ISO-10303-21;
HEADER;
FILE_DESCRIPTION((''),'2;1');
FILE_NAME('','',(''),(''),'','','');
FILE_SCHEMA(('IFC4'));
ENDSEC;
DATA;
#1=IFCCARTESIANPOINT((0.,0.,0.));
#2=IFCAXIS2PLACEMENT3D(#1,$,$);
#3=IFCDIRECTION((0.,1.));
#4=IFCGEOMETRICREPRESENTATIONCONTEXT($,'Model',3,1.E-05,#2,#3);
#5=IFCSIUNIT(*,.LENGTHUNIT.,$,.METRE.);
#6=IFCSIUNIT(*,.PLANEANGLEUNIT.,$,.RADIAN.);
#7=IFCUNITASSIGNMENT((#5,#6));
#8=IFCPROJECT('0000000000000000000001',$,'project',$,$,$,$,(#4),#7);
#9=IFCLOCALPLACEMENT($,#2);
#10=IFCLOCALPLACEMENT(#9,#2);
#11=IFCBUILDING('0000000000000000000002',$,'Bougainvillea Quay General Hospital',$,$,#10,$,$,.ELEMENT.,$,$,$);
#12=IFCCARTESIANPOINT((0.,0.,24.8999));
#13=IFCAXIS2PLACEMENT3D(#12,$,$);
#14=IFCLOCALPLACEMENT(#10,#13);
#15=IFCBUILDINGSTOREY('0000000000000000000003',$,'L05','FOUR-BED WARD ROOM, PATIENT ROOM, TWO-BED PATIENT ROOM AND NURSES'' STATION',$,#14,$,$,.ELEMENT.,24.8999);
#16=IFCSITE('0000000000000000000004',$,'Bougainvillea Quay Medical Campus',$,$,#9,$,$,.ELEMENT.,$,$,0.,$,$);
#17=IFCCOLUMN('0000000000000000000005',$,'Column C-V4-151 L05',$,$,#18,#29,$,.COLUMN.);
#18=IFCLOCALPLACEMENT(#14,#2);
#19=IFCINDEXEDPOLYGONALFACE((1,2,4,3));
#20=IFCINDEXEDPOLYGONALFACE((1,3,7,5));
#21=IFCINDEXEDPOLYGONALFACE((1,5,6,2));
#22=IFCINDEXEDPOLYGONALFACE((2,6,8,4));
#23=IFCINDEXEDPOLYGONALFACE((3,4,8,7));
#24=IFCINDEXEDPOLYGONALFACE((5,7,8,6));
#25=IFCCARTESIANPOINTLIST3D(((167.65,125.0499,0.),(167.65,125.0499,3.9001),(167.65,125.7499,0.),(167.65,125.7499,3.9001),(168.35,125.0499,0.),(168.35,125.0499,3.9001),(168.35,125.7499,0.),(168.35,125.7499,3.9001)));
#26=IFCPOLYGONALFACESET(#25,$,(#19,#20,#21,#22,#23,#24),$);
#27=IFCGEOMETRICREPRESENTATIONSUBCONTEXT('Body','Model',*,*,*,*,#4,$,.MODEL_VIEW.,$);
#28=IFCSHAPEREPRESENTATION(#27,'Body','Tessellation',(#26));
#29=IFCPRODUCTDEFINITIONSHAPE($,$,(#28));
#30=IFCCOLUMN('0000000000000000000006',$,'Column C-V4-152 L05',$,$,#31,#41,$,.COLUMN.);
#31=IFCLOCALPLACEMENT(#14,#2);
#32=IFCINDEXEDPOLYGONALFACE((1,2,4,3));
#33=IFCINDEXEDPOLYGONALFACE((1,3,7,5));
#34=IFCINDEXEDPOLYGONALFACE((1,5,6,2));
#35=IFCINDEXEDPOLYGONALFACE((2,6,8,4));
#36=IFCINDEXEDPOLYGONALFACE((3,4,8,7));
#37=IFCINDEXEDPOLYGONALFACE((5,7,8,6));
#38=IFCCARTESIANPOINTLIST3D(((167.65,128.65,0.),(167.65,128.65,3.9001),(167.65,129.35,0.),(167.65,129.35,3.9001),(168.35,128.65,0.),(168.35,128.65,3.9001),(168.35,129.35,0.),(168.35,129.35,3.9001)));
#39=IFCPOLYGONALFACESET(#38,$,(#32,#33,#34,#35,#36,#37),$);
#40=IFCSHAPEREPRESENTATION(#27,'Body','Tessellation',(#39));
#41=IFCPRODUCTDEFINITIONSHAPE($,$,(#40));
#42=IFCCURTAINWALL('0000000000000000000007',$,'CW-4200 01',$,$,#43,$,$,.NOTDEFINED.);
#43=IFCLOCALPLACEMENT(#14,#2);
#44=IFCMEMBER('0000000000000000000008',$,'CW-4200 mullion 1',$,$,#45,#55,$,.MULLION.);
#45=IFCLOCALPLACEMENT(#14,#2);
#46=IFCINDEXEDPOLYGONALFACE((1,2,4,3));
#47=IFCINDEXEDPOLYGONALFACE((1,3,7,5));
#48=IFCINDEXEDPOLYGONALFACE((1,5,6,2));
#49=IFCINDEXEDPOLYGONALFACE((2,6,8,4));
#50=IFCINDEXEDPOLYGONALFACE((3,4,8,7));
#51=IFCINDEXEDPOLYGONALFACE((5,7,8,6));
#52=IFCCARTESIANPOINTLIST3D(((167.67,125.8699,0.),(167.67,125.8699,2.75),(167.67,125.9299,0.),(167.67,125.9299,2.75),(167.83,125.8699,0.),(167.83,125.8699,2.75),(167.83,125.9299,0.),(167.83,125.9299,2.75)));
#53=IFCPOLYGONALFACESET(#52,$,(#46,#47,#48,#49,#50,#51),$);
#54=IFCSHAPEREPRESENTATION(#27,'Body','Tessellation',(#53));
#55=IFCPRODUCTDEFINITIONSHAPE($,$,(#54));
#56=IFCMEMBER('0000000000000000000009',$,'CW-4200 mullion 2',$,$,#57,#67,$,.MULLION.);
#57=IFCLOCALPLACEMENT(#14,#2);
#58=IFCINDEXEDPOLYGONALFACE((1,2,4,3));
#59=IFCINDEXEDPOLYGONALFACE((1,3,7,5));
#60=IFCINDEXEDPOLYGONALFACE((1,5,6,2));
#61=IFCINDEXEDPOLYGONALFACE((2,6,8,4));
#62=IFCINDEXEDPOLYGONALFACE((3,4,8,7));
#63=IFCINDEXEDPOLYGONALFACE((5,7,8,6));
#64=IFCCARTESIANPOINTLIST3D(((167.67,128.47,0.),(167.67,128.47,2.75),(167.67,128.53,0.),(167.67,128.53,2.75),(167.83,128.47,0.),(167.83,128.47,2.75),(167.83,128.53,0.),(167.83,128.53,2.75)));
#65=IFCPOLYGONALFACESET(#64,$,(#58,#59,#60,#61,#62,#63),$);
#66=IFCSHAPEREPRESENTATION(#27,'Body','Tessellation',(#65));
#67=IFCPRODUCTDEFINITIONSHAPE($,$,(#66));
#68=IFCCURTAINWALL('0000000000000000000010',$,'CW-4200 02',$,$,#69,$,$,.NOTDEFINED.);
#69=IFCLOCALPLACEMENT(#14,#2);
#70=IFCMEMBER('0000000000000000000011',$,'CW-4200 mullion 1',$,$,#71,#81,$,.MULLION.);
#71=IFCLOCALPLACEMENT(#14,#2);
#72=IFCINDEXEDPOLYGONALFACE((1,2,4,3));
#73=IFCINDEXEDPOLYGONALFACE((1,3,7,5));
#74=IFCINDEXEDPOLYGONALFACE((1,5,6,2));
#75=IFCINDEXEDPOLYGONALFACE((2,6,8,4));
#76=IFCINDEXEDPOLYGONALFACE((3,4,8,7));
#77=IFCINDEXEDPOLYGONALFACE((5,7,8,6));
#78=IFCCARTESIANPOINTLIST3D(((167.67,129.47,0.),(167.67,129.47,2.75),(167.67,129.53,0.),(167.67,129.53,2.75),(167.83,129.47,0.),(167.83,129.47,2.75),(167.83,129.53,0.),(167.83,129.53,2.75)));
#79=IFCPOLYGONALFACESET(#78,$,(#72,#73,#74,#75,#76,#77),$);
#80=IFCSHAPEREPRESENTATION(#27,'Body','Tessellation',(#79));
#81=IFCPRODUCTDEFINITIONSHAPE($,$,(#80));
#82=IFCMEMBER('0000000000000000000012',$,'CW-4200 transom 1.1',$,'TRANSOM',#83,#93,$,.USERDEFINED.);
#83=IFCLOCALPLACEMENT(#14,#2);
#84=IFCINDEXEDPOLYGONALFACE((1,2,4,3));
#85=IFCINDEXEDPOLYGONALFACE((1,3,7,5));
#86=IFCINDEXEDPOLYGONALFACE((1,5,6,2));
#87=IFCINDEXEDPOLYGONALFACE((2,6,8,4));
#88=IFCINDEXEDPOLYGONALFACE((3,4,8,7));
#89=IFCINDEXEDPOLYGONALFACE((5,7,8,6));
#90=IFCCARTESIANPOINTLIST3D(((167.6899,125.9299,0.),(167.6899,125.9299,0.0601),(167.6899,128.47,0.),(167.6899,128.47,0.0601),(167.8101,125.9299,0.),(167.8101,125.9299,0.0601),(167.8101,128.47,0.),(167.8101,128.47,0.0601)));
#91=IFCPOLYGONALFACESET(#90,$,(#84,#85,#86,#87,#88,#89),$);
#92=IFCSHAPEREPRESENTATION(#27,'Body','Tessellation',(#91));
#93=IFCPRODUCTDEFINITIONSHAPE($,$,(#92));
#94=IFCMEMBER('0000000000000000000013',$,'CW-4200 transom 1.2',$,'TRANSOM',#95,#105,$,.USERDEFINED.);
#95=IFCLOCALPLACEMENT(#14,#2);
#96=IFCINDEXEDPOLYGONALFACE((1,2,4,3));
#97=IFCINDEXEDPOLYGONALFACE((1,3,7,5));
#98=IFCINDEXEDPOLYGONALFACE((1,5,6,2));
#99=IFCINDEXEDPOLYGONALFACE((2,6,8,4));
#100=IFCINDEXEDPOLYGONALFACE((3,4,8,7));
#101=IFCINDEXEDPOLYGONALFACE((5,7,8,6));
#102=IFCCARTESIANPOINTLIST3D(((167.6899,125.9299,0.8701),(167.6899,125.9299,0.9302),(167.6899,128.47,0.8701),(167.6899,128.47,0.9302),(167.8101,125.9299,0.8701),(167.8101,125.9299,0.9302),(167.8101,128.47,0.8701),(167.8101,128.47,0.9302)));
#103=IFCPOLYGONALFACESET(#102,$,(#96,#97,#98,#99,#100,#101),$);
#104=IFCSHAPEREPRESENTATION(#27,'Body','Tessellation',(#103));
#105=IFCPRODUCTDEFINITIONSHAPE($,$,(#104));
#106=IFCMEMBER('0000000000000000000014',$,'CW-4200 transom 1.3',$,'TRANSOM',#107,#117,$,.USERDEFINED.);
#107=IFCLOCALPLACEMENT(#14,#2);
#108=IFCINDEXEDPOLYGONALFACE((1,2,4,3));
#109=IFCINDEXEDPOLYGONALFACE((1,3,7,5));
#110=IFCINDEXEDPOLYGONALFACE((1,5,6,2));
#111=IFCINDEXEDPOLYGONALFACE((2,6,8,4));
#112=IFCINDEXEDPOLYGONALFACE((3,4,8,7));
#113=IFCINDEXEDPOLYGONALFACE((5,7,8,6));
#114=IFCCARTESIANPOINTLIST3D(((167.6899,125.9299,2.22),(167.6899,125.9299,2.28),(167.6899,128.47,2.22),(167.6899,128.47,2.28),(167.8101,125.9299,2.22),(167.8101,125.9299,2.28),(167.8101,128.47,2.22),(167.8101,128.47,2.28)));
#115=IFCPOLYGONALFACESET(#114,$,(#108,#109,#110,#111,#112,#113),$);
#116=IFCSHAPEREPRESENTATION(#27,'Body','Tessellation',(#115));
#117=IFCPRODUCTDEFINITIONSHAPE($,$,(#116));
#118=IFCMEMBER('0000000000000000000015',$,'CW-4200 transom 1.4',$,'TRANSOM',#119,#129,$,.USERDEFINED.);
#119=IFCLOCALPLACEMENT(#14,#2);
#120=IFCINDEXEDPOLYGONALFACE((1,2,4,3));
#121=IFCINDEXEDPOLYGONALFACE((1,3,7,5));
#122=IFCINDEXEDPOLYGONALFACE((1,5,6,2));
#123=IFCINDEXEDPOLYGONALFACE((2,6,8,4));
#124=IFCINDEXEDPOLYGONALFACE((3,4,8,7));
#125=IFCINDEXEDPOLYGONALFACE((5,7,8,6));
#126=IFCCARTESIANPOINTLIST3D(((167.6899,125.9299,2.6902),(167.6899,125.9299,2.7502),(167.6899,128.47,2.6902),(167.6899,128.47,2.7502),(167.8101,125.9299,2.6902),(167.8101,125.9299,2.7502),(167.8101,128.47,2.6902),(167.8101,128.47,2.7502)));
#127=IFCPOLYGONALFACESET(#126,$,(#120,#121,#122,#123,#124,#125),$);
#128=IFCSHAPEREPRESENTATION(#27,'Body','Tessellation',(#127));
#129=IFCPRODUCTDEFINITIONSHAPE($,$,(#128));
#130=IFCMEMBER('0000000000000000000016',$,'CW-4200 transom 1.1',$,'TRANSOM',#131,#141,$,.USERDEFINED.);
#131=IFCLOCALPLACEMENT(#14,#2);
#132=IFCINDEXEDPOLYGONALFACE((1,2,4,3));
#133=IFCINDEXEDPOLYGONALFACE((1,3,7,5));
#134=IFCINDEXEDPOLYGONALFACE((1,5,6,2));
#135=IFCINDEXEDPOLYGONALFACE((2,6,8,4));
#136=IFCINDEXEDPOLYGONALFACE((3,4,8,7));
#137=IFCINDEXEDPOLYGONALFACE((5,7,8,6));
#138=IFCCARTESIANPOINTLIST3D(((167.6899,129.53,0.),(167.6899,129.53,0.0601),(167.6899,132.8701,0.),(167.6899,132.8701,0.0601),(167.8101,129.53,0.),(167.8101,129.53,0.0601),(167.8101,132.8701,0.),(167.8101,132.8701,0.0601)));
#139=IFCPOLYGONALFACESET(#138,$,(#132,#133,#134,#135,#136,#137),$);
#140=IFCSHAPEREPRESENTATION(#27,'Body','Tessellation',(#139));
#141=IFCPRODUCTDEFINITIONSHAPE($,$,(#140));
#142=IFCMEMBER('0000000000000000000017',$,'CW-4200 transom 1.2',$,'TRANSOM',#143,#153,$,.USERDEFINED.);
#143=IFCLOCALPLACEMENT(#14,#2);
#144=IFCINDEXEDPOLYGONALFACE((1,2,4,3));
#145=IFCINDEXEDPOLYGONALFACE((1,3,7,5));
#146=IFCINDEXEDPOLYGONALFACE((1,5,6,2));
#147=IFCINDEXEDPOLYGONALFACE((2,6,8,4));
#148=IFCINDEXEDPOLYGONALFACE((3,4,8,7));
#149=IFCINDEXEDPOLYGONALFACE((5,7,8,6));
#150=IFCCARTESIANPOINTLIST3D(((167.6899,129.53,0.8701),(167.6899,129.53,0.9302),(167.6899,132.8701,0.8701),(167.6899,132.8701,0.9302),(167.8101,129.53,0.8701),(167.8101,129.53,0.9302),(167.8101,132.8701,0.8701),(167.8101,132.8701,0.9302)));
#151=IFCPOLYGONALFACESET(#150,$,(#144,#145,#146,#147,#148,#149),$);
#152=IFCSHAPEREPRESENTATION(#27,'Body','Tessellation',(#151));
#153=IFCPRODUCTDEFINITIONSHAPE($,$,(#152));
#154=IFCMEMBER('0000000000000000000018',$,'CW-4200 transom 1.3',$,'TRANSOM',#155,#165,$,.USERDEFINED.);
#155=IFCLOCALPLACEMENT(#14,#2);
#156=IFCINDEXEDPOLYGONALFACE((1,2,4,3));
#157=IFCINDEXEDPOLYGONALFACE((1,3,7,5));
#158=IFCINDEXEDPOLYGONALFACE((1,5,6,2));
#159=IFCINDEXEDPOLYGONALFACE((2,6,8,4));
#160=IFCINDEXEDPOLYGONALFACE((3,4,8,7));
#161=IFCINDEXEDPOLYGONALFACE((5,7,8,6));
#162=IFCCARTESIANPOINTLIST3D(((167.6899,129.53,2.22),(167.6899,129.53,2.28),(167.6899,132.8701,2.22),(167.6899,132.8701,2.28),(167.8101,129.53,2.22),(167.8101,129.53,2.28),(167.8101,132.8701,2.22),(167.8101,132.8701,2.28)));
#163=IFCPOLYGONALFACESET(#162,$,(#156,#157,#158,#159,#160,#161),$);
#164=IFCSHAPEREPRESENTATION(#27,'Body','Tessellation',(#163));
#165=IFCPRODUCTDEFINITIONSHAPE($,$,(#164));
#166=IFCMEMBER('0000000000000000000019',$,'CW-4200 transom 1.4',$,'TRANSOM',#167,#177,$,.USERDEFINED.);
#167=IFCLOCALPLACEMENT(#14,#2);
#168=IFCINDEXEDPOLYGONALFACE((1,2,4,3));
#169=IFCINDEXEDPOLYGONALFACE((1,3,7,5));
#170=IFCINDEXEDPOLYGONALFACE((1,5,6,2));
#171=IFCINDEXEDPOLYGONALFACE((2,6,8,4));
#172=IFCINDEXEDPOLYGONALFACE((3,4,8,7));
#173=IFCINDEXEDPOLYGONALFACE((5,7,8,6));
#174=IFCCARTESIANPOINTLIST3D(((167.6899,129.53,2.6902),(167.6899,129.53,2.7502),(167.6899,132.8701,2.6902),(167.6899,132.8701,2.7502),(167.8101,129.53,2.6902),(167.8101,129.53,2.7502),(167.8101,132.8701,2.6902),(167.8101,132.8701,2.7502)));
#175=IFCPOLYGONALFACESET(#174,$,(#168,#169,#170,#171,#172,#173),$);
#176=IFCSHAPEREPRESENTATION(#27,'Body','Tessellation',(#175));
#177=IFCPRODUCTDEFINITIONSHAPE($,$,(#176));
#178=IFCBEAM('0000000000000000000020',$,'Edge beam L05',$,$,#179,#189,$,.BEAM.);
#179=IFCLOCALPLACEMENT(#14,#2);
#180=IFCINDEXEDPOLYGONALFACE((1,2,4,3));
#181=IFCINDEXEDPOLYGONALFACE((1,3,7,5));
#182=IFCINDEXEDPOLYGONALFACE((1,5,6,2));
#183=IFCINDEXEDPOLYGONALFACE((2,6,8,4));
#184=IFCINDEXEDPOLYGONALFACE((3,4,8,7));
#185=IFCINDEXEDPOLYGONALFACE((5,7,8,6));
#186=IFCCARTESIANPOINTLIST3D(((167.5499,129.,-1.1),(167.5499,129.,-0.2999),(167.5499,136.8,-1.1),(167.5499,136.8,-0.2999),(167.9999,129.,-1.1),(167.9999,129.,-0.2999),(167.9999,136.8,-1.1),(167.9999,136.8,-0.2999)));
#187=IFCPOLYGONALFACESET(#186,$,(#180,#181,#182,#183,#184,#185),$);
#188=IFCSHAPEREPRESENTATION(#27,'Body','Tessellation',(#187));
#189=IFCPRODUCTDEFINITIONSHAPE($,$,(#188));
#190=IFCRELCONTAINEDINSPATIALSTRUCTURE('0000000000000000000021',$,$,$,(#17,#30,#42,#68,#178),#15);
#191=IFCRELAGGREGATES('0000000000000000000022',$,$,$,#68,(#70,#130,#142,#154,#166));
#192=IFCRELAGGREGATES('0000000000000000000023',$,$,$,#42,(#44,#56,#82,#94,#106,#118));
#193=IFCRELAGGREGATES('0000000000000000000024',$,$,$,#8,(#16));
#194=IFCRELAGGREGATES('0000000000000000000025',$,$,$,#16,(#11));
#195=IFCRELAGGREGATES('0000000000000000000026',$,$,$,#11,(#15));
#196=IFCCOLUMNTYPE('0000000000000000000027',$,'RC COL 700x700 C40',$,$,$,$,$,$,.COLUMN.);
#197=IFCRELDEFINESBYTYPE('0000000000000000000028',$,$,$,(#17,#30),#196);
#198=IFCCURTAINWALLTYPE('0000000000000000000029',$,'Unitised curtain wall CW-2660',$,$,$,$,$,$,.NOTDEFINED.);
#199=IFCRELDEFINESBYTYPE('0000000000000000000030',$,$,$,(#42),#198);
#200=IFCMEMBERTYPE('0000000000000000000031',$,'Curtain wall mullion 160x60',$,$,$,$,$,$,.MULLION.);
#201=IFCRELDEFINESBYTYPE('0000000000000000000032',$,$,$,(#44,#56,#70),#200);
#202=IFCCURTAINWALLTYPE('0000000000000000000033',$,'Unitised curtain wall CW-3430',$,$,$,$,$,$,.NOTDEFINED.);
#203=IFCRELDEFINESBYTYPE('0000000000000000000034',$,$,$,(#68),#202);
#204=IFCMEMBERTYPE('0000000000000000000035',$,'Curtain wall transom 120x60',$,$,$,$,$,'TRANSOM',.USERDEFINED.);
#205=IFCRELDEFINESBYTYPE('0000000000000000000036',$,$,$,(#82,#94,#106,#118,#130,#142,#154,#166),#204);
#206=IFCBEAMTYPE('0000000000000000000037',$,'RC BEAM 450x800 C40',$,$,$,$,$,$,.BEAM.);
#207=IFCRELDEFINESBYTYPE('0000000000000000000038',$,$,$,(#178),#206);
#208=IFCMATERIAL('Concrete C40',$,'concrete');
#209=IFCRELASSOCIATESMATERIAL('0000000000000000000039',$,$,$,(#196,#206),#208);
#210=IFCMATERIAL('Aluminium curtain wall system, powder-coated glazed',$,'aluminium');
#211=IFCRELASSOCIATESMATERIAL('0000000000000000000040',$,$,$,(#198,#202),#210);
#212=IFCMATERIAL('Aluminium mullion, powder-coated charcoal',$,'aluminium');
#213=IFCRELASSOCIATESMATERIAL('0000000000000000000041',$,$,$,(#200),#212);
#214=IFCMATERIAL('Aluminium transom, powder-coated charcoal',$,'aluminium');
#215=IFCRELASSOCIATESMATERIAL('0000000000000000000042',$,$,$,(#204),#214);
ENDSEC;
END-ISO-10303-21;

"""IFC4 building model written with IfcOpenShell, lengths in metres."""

from ifc_helpers import new_model, si_unit, direction, frame, origin, origin_2d, place, context, subcontext, project, spatial, rectangle, extrude, material, material_profile, profile_set, type_object, element, aggregate, save


model = new_model("IFC4")

# Units and contexts
model_context = context("Model", 3, precision=1e-05, world=origin(), true_north=direction((0.0, 1.0)))
body_context = subcontext(model_context, "Body", "Model", "MODEL_VIEW")
ifc_project = project(units=[si_unit("LENGTHUNIT", "METRE"), si_unit("PLANEANGLEUNIT", "RADIAN")], contexts=[model_context])

# Site, building, storey
site_placement = place(None, origin())
site = spatial("IfcSite", under=ifc_project, at=site_placement, Name="Bougainvillea Quay Medical Campus", CompositionType="ELEMENT", RefElevation=0.0)
building_placement = place(site_placement, origin())
building = spatial("IfcBuilding", under=site, at=building_placement, Name="Bougainvillea Quay General Hospital", CompositionType="ELEMENT")
storey_placement = place(building_placement, frame((0.0, 0.0, 24.8999)))
storey = spatial("IfcBuildingStorey", under=building, at=storey_placement, Name="L05", Description="FOUR-BED WARD ROOM, PATIENT ROOM, TWO-BED PATIENT ROOM AND NURSES' STATION", CompositionType="ELEMENT", Elevation=24.8999)

# Columns
ifc_material_1 = material(Name="Concrete C40", Category="concrete")
ifc_material_profile_1 = material_profile(ifc_material_1, rectangle(XDim=0.7, YDim=0.7, at=origin_2d()))
ifc_profile_set_1 = profile_set([ifc_material_profile_1], Name="Concrete C40")
column_type = type_object("IfcColumnType", Name="RC COL 700x700 C40", PredefinedType="COLUMN", material=ifc_profile_set_1)
for number, where, z_axis, x_axis, name in (
    (1, (168.0, 125.3999, 0.0), (0.0, 0.0, 1.0), (1.0, 0.0, 0.0), "Column C-V4-151 L05"),
    (2, (168.0, 129.0, 0.0), (0.0, 0.0, 1.0), (1.0, 0.0, 0.0), "Column C-V4-152 L05"),
):
    element("IfcColumn", number, at=place(storey_placement, frame(where, z_axis=z_axis, x_axis=x_axis)), inside=storey, type_object=column_type, Name=name, PredefinedType="COLUMN", context=body_context, shape_type="SweptSolid", body=[
        extrude(rectangle(XDim=0.7, YDim=0.7, at=origin_2d()), origin(), (0.0, 0.0, 1.0), 3.9001),
    ])

# Curtain wall, members
ifc_material_2 = material(Name="Aluminium curtain wall system, powder-coated glazed", Category="aluminium")
curtain_wall_type_1 = type_object("IfcCurtainWallType", Name="Unitised curtain wall CW-2660", PredefinedType="NOTDEFINED", material=ifc_material_2)
curtain_wall_1_placement = place(storey_placement, origin())
curtain_wall_1 = element("IfcCurtainWall", 3, at=curtain_wall_1_placement, inside=storey, type_object=curtain_wall_type_1, Name="CW-4200 01", PredefinedType="NOTDEFINED")
ifc_material_3 = material(Name="Aluminium mullion, powder-coated charcoal", Category="aluminium")
ifc_material_profile_2 = material_profile(ifc_material_3, rectangle(XDim=0.1599, YDim=0.0601, at=origin_2d()))
ifc_profile_set_2 = profile_set([ifc_material_profile_2], Name="Aluminium mullion, powder-coated charcoal")
member_type_1 = type_object("IfcMemberType", Name="Curtain wall mullion 160x60", PredefinedType="MULLION", material=ifc_profile_set_2)
member_1_placement = place(storey_placement, frame((167.75, 125.8999, 0.0), z_axis=(0.0, 0.0, 1.0), x_axis=(-1.0, 0.0, 0.0)))
member_1 = element("IfcMember", 4, at=member_1_placement, type_object=member_type_1, Name="CW-4200 mullion 1", PredefinedType="MULLION", context=body_context, shape_type="SweptSolid", body=[
    extrude(rectangle(XDim=0.1599, YDim=0.0601, at=origin_2d()), origin(), (0.0, 0.0, 1.0), 2.75),
])
member_2_placement = place(storey_placement, frame((167.75, 128.5, 0.0), z_axis=(0.0, 0.0, 1.0), x_axis=(-1.0, 0.0, 0.0)))
member_2 = element("IfcMember", 5, at=member_2_placement, type_object=member_type_1, Name="CW-4200 mullion 2", PredefinedType="MULLION", context=body_context, shape_type="SweptSolid", body=[
    extrude(rectangle(XDim=0.1599, YDim=0.0601, at=origin_2d()), origin(), (0.0, 0.0, 1.0), 2.75),
])

# Curtain wall, member
curtain_wall_type_2 = type_object("IfcCurtainWallType", Name="Unitised curtain wall CW-3430", PredefinedType="NOTDEFINED", material=ifc_material_2)
curtain_wall_2_placement = place(storey_placement, origin())
curtain_wall_2 = element("IfcCurtainWall", 6, at=curtain_wall_2_placement, inside=storey, type_object=curtain_wall_type_2, Name="CW-4200 02", PredefinedType="NOTDEFINED")
member_3_placement = place(storey_placement, frame((167.75, 129.5, 0.0), z_axis=(0.0, 0.0, 1.0), x_axis=(-1.0, 0.0, 0.0)))
member_3 = element("IfcMember", 7, at=member_3_placement, type_object=member_type_1, Name="CW-4200 mullion 1", PredefinedType="MULLION", context=body_context, shape_type="SweptSolid", body=[
    extrude(rectangle(XDim=0.1599, YDim=0.0601, at=origin_2d()), origin(), (0.0, 0.0, 1.0), 2.75),
])

# Members
ifc_material_4 = material(Name="Aluminium transom, powder-coated charcoal", Category="aluminium")
ifc_material_profile_3 = material_profile(ifc_material_4, rectangle(XDim=0.1201, YDim=0.0601, at=origin_2d()))
ifc_profile_set_3 = profile_set([ifc_material_profile_3], Name="Aluminium transom, powder-coated charcoal")
member_type_2 = type_object("IfcMemberType", Name="Curtain wall transom 120x60", ElementType="TRANSOM", PredefinedType="USERDEFINED", material=ifc_profile_set_3)
member_4_placement = place(storey_placement, frame((167.75, 125.9299, 0.03), z_axis=(0.0, 1.0, 0.0), x_axis=(-1.0, 0.0, 0.0)))
member_4 = element("IfcMember", 8, at=member_4_placement, type_object=member_type_2, Name="CW-4200 transom 1.1", ObjectType="TRANSOM", PredefinedType="USERDEFINED", context=body_context, shape_type="SweptSolid", body=[
    extrude(rectangle(XDim=0.1201, YDim=0.0601, at=origin_2d()), origin(), (0.0, 0.0, 1.0), 2.54),
])
member_5_placement = place(storey_placement, frame((167.75, 125.9299, 0.9001), z_axis=(0.0, 1.0, 0.0), x_axis=(-1.0, 0.0, 0.0)))
member_5 = element("IfcMember", 9, at=member_5_placement, type_object=member_type_2, Name="CW-4200 transom 1.2", ObjectType="TRANSOM", PredefinedType="USERDEFINED", context=body_context, shape_type="SweptSolid", body=[
    extrude(rectangle(XDim=0.1201, YDim=0.0601, at=origin_2d()), origin(), (0.0, 0.0, 1.0), 2.54),
])
member_6_placement = place(storey_placement, frame((167.75, 125.9299, 2.25), z_axis=(0.0, 1.0, 0.0), x_axis=(-1.0, 0.0, 0.0)))
member_6 = element("IfcMember", 10, at=member_6_placement, type_object=member_type_2, Name="CW-4200 transom 1.3", ObjectType="TRANSOM", PredefinedType="USERDEFINED", context=body_context, shape_type="SweptSolid", body=[
    extrude(rectangle(XDim=0.1201, YDim=0.0601, at=origin_2d()), origin(), (0.0, 0.0, 1.0), 2.54),
])
member_7_placement = place(storey_placement, frame((167.75, 125.9299, 2.7202), z_axis=(0.0, 1.0, 0.0), x_axis=(-1.0, 0.0, 0.0)))
member_7 = element("IfcMember", 11, at=member_7_placement, type_object=member_type_2, Name="CW-4200 transom 1.4", ObjectType="TRANSOM", PredefinedType="USERDEFINED", context=body_context, shape_type="SweptSolid", body=[
    extrude(rectangle(XDim=0.1201, YDim=0.0601, at=origin_2d()), origin(), (0.0, 0.0, 1.0), 2.54),
])
member_8_placement = place(storey_placement, frame((167.75, 129.53, 0.03), z_axis=(0.0, 1.0, 0.0), x_axis=(-1.0, 0.0, 0.0)))
member_8 = element("IfcMember", 12, at=member_8_placement, type_object=member_type_2, Name="CW-4200 transom 1.1", ObjectType="TRANSOM", PredefinedType="USERDEFINED", context=body_context, shape_type="SweptSolid", body=[
    extrude(rectangle(XDim=0.1201, YDim=0.0601, at=origin_2d()), origin(), (0.0, 0.0, 1.0), 3.3401),
])
member_9_placement = place(storey_placement, frame((167.75, 129.53, 0.9001), z_axis=(0.0, 1.0, 0.0), x_axis=(-1.0, 0.0, 0.0)))
member_9 = element("IfcMember", 13, at=member_9_placement, type_object=member_type_2, Name="CW-4200 transom 1.2", ObjectType="TRANSOM", PredefinedType="USERDEFINED", context=body_context, shape_type="SweptSolid", body=[
    extrude(rectangle(XDim=0.1201, YDim=0.0601, at=origin_2d()), origin(), (0.0, 0.0, 1.0), 3.3401),
])
member_10_placement = place(storey_placement, frame((167.75, 129.53, 2.25), z_axis=(0.0, 1.0, 0.0), x_axis=(-1.0, 0.0, 0.0)))
member_10 = element("IfcMember", 14, at=member_10_placement, type_object=member_type_2, Name="CW-4200 transom 1.3", ObjectType="TRANSOM", PredefinedType="USERDEFINED", context=body_context, shape_type="SweptSolid", body=[
    extrude(rectangle(XDim=0.1201, YDim=0.0601, at=origin_2d()), origin(), (0.0, 0.0, 1.0), 3.3401),
])
member_11_placement = place(storey_placement, frame((167.75, 129.53, 2.7202), z_axis=(0.0, 1.0, 0.0), x_axis=(-1.0, 0.0, 0.0)))
member_11 = element("IfcMember", 15, at=member_11_placement, type_object=member_type_2, Name="CW-4200 transom 1.4", ObjectType="TRANSOM", PredefinedType="USERDEFINED", context=body_context, shape_type="SweptSolid", body=[
    extrude(rectangle(XDim=0.1201, YDim=0.0601, at=origin_2d()), origin(), (0.0, 0.0, 1.0), 3.3401),
])
aggregate(curtain_wall_2, [member_3, member_8, member_9, member_10, member_11])

# Beam
ifc_material_profile_4 = material_profile(ifc_material_1, rectangle(XDim=0.45, YDim=0.8, at=origin_2d()))
ifc_profile_set_4 = profile_set([ifc_material_profile_4], Name="Concrete C40")
beam_type = type_object("IfcBeamType", Name="RC BEAM 450x800 C40", PredefinedType="BEAM", material=ifc_profile_set_4)
beam_placement = place(storey_placement, frame((167.7749, 129.0, -0.7), z_axis=(0.0, 1.0, 0.0), x_axis=(-1.0, 0.0, 0.0)))
element("IfcBeam", 16, at=beam_placement, inside=storey, type_object=beam_type, Name="Edge beam L05", PredefinedType="BEAM", context=body_context, shape_type="SweptSolid", body=[
    extrude(rectangle(XDim=0.45, YDim=0.8, at=origin_2d()), origin(), (0.0, 0.0, 1.0), 7.8),
])

aggregate(curtain_wall_1, [member_1, member_2, member_4, member_5, member_6, member_7])

save(model, "model.ifc")
